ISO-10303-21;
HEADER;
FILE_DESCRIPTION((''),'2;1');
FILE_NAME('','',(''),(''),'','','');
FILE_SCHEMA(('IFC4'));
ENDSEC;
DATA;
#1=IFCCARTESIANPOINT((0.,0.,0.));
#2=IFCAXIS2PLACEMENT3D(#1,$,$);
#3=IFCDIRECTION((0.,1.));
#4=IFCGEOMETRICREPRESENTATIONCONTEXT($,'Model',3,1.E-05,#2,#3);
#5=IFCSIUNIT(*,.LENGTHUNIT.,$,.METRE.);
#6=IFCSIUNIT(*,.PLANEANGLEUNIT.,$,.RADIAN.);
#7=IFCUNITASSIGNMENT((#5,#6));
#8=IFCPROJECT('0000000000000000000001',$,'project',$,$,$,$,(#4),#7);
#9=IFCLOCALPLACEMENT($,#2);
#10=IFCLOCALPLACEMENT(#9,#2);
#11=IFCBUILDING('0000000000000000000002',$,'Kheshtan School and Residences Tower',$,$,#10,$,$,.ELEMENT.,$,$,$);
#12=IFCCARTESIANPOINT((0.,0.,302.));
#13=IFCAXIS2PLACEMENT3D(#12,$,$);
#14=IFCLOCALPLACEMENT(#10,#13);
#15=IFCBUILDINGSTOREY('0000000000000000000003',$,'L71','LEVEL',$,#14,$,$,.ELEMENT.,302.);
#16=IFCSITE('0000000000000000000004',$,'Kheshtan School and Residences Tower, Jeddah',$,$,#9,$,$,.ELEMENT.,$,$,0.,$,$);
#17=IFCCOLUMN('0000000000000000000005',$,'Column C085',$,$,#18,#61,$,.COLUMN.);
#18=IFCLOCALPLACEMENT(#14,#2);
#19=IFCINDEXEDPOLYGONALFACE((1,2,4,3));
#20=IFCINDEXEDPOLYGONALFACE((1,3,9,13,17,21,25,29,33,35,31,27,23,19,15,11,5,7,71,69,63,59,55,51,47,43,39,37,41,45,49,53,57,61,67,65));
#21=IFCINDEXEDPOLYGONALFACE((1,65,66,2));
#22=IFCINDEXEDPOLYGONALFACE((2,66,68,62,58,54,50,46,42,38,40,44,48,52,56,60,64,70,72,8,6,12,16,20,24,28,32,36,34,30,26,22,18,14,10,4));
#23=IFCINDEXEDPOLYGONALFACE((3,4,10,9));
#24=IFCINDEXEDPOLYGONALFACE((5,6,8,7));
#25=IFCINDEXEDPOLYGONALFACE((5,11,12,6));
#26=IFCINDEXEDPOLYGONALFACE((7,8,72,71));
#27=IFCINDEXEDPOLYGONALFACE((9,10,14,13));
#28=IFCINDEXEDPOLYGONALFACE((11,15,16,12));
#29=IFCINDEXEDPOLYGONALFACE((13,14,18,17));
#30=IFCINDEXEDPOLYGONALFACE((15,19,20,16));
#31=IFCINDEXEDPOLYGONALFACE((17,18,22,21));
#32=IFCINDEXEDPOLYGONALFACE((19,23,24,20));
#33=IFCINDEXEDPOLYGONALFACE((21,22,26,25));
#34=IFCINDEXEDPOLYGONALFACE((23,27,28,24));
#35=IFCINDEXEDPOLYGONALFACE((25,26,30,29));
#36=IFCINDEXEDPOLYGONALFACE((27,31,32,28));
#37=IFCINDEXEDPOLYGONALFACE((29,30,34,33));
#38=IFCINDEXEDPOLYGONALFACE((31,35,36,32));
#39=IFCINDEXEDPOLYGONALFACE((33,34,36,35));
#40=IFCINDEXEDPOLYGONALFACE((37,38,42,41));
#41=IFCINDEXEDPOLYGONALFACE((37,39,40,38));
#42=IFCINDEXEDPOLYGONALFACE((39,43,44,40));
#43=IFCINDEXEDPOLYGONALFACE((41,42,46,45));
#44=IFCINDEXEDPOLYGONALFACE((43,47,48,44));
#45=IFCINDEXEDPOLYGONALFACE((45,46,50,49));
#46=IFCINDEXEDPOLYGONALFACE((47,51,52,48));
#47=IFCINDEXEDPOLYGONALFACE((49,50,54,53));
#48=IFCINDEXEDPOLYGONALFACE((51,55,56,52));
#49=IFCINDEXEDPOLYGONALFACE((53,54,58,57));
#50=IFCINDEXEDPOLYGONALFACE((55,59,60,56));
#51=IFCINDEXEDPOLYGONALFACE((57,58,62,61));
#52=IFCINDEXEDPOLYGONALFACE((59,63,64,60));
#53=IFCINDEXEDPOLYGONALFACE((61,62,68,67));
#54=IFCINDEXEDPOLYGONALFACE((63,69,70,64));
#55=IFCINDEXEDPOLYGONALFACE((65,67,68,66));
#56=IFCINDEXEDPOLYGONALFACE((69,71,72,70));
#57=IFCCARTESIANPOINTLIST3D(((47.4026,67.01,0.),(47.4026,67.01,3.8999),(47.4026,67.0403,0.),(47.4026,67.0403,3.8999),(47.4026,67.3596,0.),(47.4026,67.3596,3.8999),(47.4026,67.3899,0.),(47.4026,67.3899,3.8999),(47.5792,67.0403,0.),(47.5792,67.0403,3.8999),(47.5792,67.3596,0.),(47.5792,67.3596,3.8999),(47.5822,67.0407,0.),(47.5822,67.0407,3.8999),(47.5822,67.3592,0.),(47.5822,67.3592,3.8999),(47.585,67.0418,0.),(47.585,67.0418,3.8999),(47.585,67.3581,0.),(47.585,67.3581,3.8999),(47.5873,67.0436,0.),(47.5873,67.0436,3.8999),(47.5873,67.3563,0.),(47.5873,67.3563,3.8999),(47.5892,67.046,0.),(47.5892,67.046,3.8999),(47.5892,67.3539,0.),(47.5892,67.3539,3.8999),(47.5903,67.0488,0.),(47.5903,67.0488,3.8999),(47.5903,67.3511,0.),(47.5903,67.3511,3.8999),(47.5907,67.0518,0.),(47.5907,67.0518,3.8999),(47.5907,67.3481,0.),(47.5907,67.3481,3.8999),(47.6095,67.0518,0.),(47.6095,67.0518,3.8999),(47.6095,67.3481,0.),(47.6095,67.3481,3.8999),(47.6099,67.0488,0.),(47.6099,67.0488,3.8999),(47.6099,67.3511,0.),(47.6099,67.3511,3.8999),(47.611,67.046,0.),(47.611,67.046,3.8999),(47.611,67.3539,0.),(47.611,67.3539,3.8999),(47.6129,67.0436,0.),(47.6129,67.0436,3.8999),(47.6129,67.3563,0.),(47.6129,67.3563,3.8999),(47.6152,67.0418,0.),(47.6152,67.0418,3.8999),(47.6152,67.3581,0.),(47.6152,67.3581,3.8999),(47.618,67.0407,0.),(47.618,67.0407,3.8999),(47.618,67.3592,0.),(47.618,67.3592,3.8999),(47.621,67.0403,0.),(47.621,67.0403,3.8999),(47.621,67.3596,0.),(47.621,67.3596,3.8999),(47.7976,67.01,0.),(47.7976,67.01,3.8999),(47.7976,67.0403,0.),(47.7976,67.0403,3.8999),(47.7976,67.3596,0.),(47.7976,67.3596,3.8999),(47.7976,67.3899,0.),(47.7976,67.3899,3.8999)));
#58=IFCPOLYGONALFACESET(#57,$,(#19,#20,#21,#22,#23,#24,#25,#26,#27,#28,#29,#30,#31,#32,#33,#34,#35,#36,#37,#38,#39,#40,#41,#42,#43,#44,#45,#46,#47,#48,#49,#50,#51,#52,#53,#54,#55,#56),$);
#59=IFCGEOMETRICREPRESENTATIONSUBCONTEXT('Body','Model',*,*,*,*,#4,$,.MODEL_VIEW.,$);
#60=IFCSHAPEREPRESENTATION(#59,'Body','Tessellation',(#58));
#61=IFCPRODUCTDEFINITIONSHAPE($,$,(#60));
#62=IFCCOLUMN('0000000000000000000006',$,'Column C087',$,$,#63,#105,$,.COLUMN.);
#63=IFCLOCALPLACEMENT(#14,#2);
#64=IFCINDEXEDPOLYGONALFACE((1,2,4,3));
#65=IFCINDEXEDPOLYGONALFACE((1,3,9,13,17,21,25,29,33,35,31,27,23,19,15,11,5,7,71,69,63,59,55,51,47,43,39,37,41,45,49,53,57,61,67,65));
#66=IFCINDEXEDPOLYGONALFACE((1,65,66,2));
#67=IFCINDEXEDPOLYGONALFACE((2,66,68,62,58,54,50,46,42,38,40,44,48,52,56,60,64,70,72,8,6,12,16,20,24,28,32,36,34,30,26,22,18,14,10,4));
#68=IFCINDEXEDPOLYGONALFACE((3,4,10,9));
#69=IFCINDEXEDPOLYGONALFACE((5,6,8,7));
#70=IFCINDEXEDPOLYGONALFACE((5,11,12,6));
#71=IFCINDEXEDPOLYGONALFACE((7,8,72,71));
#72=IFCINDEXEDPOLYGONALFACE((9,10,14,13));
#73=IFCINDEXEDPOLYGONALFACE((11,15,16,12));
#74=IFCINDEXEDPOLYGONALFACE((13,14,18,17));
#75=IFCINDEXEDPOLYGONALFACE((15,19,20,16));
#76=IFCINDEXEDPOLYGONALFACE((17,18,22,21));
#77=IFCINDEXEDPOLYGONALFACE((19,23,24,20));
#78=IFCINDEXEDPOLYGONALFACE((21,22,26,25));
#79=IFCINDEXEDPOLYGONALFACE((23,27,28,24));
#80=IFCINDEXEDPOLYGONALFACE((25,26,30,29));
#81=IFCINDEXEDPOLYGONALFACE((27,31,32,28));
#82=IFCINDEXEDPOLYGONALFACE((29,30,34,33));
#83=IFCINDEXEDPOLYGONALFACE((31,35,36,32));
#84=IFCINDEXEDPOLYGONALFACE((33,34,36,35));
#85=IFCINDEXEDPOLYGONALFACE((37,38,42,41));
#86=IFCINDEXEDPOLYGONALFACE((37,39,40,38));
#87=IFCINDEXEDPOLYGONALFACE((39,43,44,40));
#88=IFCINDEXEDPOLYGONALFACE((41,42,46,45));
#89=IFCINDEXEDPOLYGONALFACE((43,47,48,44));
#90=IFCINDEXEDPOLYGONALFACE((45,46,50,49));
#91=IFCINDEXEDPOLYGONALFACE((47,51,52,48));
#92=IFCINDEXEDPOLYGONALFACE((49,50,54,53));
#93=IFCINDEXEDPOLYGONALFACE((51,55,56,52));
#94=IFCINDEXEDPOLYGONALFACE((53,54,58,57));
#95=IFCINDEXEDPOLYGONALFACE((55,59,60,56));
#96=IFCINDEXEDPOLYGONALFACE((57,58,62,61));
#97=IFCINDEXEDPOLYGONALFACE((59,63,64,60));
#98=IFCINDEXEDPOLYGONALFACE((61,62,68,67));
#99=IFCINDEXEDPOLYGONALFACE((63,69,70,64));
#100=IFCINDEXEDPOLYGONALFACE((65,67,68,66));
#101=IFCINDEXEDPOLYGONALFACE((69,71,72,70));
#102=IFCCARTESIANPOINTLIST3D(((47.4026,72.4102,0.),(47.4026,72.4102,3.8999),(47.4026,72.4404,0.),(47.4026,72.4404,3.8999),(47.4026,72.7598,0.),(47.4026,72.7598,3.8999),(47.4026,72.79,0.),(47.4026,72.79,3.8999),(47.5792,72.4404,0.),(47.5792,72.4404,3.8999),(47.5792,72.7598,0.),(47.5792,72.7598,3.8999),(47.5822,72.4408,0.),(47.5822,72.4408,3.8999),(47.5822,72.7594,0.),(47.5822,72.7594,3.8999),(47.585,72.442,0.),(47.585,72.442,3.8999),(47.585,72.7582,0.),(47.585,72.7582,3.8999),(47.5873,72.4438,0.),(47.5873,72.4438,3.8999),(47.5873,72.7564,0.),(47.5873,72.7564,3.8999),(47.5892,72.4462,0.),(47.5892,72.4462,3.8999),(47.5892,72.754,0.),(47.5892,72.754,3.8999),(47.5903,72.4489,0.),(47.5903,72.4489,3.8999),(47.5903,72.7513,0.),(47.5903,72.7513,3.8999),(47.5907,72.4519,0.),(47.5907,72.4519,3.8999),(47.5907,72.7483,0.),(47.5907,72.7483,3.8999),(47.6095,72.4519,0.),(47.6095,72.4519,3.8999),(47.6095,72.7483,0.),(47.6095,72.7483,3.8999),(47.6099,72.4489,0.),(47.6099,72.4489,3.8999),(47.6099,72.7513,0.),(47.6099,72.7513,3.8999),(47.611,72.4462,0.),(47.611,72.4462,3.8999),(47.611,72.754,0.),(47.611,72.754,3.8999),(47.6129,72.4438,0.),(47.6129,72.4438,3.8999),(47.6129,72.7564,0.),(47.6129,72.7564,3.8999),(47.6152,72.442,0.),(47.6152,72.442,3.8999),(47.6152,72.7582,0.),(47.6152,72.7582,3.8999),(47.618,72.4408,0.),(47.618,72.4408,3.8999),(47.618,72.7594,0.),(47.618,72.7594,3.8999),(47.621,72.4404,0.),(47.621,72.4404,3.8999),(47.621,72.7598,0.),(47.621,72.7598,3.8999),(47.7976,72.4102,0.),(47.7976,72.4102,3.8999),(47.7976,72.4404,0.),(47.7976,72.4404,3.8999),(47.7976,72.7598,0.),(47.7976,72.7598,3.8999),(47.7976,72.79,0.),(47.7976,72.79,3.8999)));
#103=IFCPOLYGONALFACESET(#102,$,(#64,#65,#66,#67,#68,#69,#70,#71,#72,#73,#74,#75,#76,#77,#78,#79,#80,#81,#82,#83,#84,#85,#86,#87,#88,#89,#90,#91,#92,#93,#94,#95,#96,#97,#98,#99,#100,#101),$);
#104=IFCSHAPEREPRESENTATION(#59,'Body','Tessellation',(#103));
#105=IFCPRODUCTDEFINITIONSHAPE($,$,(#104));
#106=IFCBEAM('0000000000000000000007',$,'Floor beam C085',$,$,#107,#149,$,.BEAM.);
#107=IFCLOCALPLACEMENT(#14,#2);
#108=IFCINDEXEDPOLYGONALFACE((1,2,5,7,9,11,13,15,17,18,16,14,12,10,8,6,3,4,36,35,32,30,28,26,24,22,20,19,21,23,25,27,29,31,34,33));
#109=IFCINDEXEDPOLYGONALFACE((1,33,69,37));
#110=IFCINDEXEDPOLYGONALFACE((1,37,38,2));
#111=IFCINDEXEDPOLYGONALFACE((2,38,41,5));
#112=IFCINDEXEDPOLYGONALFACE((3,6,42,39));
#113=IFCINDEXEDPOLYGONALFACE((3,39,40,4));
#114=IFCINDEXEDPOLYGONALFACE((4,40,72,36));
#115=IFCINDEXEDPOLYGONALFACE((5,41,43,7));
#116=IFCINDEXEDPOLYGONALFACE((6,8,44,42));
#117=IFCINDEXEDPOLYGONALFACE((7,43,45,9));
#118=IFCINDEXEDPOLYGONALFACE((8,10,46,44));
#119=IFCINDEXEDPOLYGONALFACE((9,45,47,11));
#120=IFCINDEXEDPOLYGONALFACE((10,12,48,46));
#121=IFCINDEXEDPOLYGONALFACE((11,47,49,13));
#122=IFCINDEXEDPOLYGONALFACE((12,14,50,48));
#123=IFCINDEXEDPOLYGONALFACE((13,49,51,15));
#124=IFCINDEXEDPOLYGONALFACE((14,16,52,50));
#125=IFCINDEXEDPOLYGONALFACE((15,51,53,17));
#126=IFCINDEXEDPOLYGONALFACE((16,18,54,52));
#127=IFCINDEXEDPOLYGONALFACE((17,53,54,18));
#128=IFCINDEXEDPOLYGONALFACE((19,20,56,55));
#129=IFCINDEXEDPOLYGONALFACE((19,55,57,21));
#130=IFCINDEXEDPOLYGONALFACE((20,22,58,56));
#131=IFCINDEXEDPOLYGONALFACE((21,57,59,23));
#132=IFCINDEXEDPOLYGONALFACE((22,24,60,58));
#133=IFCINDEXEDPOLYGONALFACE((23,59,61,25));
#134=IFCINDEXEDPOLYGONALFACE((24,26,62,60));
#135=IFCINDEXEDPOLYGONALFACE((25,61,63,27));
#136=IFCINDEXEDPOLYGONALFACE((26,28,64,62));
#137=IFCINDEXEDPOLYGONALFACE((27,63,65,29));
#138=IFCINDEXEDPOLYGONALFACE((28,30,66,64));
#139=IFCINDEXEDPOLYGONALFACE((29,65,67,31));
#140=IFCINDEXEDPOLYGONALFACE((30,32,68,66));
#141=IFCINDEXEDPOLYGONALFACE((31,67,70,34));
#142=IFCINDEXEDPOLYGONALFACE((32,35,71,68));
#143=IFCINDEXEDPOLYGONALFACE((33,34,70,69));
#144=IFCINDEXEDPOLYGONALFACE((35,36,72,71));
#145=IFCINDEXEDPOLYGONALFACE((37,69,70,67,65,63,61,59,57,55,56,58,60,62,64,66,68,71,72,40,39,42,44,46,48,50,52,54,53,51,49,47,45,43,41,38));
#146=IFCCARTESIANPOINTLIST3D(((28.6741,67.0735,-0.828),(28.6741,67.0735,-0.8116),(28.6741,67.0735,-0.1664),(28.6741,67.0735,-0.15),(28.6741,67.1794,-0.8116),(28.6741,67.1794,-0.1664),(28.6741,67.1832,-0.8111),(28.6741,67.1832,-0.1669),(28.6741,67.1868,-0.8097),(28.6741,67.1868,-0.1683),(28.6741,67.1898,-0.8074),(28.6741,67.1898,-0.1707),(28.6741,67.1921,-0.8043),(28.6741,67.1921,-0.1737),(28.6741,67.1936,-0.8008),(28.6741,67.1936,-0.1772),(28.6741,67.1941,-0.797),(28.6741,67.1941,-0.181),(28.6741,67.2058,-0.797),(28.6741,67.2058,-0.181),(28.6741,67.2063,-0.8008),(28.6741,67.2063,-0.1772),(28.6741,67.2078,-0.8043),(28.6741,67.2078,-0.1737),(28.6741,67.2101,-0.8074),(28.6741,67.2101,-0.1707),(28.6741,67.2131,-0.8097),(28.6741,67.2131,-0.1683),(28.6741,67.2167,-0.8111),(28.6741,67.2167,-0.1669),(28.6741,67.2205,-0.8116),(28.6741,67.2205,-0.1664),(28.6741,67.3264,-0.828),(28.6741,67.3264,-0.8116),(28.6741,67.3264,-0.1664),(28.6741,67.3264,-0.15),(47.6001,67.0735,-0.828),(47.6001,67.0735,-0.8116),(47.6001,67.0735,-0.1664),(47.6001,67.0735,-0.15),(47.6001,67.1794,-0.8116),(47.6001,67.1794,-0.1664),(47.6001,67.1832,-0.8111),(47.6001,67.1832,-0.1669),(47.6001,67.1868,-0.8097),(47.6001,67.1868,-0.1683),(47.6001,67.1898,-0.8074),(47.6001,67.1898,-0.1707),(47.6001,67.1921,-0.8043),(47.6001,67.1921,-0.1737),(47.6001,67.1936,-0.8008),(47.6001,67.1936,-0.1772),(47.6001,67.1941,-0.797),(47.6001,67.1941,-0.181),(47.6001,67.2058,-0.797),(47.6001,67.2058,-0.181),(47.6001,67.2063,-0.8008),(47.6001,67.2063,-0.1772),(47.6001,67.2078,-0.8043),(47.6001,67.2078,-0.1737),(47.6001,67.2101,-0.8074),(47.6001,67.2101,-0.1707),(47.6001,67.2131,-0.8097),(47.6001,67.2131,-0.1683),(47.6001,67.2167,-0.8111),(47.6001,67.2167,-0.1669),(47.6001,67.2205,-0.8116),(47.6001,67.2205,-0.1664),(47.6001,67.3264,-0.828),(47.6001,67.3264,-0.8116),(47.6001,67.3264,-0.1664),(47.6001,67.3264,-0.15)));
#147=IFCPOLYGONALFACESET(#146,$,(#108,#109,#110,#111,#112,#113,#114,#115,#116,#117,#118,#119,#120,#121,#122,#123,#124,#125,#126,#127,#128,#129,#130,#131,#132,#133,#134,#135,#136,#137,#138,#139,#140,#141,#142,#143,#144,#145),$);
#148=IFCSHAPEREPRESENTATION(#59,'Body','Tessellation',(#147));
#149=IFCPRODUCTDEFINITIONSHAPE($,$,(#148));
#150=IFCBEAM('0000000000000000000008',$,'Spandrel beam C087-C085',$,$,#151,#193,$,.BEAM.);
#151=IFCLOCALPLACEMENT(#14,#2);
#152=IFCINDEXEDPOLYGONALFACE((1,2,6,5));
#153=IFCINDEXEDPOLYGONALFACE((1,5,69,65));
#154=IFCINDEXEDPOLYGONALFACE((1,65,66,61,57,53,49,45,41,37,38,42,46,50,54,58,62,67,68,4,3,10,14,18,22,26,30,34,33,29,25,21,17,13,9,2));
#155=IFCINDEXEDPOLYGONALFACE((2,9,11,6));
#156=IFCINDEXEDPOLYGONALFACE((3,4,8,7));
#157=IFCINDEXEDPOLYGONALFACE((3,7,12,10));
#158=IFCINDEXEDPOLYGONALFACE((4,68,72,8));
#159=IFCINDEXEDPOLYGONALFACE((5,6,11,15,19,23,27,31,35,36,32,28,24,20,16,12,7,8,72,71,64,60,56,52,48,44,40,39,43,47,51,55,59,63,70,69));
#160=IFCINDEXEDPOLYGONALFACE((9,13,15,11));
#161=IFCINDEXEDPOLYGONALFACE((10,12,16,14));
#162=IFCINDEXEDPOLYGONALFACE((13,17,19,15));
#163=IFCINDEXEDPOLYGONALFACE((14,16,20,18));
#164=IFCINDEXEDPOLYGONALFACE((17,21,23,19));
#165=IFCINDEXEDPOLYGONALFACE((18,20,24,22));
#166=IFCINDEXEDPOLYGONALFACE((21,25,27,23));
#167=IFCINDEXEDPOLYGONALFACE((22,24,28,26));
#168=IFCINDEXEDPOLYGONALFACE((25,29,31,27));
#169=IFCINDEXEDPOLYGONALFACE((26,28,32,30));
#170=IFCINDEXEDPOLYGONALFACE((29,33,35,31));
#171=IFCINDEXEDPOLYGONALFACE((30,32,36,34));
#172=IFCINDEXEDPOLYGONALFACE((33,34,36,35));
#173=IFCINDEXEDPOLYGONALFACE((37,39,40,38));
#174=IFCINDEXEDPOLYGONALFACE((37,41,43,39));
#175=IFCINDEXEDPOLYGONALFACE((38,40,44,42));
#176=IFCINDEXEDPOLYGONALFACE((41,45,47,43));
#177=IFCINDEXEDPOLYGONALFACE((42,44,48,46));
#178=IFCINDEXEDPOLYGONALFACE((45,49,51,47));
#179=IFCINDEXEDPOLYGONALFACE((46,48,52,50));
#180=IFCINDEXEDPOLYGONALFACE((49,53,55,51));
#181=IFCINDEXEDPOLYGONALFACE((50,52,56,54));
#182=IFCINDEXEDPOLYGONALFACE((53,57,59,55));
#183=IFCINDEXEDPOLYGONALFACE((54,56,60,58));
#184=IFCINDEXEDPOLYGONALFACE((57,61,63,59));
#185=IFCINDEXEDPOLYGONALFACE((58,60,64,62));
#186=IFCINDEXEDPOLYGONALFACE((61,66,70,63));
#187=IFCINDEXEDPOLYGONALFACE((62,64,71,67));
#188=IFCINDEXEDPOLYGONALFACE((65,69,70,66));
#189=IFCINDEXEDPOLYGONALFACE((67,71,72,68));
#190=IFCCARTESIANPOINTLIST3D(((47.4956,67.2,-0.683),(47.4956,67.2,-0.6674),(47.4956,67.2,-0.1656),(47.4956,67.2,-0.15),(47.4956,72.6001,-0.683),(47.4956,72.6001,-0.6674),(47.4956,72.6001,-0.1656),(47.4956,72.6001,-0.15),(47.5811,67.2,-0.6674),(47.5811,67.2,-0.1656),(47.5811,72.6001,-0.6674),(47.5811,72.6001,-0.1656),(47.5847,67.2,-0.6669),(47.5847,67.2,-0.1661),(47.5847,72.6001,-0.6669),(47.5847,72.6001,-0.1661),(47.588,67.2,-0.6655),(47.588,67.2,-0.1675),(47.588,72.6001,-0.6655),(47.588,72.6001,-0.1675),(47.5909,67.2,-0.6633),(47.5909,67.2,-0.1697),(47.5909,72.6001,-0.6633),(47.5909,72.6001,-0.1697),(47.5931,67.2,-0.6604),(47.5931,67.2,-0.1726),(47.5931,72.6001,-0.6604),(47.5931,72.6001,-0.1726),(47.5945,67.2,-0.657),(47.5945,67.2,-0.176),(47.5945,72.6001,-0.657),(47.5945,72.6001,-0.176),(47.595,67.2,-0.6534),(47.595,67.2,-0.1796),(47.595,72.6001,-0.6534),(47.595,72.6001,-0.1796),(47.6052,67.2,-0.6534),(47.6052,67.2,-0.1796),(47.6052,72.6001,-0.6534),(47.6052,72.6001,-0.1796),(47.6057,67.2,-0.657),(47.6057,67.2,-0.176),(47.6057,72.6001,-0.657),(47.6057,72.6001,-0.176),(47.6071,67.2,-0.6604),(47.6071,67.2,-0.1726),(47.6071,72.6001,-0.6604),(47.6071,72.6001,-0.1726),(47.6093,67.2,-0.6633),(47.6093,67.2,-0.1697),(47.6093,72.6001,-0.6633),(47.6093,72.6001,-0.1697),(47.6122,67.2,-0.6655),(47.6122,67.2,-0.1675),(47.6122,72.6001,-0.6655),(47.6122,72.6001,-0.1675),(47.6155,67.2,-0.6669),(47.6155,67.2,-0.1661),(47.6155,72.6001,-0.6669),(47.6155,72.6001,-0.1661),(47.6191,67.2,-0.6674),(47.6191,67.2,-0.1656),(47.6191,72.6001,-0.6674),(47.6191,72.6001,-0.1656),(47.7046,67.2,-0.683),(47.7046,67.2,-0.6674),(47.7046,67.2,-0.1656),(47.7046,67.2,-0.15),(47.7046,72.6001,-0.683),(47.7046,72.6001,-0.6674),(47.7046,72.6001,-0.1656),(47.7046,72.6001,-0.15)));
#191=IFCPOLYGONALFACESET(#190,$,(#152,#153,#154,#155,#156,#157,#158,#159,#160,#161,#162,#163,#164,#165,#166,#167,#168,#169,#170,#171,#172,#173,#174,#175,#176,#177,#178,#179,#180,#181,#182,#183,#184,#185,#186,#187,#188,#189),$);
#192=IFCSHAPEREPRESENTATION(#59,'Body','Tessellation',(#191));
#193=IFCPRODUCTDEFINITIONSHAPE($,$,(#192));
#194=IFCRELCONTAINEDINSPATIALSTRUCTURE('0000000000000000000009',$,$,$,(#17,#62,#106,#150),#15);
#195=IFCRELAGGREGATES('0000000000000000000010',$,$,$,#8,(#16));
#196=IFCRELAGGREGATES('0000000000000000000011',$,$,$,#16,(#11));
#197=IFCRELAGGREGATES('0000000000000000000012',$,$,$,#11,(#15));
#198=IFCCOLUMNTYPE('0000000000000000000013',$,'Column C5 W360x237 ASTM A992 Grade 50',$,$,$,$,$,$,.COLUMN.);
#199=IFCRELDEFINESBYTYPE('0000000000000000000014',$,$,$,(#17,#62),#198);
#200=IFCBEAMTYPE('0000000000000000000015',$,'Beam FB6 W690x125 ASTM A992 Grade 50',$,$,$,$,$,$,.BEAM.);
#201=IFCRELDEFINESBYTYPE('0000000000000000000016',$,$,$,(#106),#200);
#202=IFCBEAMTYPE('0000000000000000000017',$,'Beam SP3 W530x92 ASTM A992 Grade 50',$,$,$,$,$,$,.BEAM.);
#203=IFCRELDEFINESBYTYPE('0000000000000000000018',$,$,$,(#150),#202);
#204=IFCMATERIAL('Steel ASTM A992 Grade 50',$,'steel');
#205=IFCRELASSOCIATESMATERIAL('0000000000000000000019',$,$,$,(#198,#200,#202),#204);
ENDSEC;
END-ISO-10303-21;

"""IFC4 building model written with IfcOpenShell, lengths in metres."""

from ifc_helpers import new_model, si_unit, direction, frame, origin, origin_2d, place, context, subcontext, project, spatial, i_section, extrude, material, material_profile, profile_set, type_object, element, save


model = new_model("IFC4")

# Units and contexts
model_context = context("Model", 3, precision=1e-05, world=origin(), true_north=direction((0.0, 1.0)))
body_context = subcontext(model_context, "Body", "Model", "MODEL_VIEW")
ifc_project = project(units=[si_unit("LENGTHUNIT", "METRE"), si_unit("PLANEANGLEUNIT", "RADIAN")], contexts=[model_context])

# Site, building, storey
site_placement = place(None, origin())
site = spatial("IfcSite", under=ifc_project, at=site_placement, Name="Kheshtan School and Residences Tower, Jeddah", CompositionType="ELEMENT", RefElevation=0.0)
building_placement = place(site_placement, origin())
building = spatial("IfcBuilding", under=site, at=building_placement, Name="Kheshtan School and Residences Tower", CompositionType="ELEMENT")
storey_placement = place(building_placement, frame((0.0, 0.0, 302.0)))
storey = spatial("IfcBuildingStorey", under=building, at=storey_placement, Name="L71", Description="LEVEL", CompositionType="ELEMENT", Elevation=302.0)

# Columns
ifc_material_1 = material(Name="Steel ASTM A992 Grade 50", Category="steel")
ifc_material_profile_1 = material_profile(ifc_material_1, i_section(OverallWidth=0.395, OverallDepth=0.3799, WebThickness=0.0188, FlangeThickness=0.0303, FilletRadius=0.0115, at=origin_2d()), Name="W360x237")
ifc_profile_set_1 = profile_set([ifc_material_profile_1], Name="Steel ASTM A992 Grade 50")
column_type = type_object("IfcColumnType", Name="Column C5 W360x237 ASTM A992 Grade 50", PredefinedType="COLUMN", material=ifc_profile_set_1)
for number, where, z_axis, x_axis, name in (
    (1, (47.6001, 67.2, 0.0), (0.0, 0.0, 1.0), (1.0, 0.0, 0.0), "Column C085"),
    (2, (47.6001, 72.6001, 0.0), (0.0, 0.0, 1.0), (1.0, 0.0, 0.0), "Column C087"),
):
    element("IfcColumn", number, at=place(storey_placement, frame(where, z_axis=z_axis, x_axis=x_axis)), inside=storey, type_object=column_type, Name=name, PredefinedType="COLUMN", context=body_context, shape_type="SweptSolid", body=[
        extrude(i_section(OverallWidth=0.395, OverallDepth=0.3799, WebThickness=0.0188, FlangeThickness=0.0303, FilletRadius=0.0115, at=origin_2d()), origin(), (0.0, 0.0, 1.0), 3.8999),
    ])

# Beams
ifc_material_profile_2 = material_profile(ifc_material_1, i_section(OverallWidth=0.2529, OverallDepth=0.678, WebThickness=0.0117, FlangeThickness=0.0164, FilletRadius=0.0146, at=origin_2d()), Name="W690x125")
ifc_profile_set_2 = profile_set([ifc_material_profile_2], Name="Steel ASTM A992 Grade 50")
beam_type_1 = type_object("IfcBeamType", Name="Beam FB6 W690x125 ASTM A992 Grade 50", PredefinedType="BEAM", material=ifc_profile_set_2)
beam_1_placement = place(storey_placement, frame((47.6001, 67.2, -0.489), z_axis=(-1.0, 0.0, 0.0), x_axis=(0.0, -1.0, 0.0)))
element("IfcBeam", 3, at=beam_1_placement, inside=storey, type_object=beam_type_1, Name="Floor beam C085", PredefinedType="BEAM", context=body_context, shape_type="SweptSolid", body=[
    extrude(i_section(OverallWidth=0.2529, OverallDepth=0.678, WebThickness=0.0117, FlangeThickness=0.0164, FilletRadius=0.0146, at=origin_2d()), origin(), (0.0, 0.0, 1.0), 18.926),
])
ifc_material_profile_3 = material_profile(ifc_material_1, i_section(OverallWidth=0.209, OverallDepth=0.533, WebThickness=0.0103, FlangeThickness=0.0156, FilletRadius=0.0139, at=origin_2d()), Name="W530x92")
ifc_profile_set_3 = profile_set([ifc_material_profile_3], Name="Steel ASTM A992 Grade 50")
beam_type_2 = type_object("IfcBeamType", Name="Beam SP3 W530x92 ASTM A992 Grade 50", PredefinedType="BEAM", material=ifc_profile_set_3)
beam_2_placement = place(storey_placement, frame((47.6001, 72.6001, -0.4165), z_axis=(0.0, -1.0, 0.0), x_axis=(1.0, 0.0, 0.0)))
element("IfcBeam", 4, at=beam_2_placement, inside=storey, type_object=beam_type_2, Name="Spandrel beam C087-C085", PredefinedType="BEAM", context=body_context, shape_type="SweptSolid", body=[
    extrude(i_section(OverallWidth=0.209, OverallDepth=0.533, WebThickness=0.0103, FlangeThickness=0.0156, FilletRadius=0.0139, at=origin_2d()), origin(), (0.0, 0.0, 1.0), 5.4001),
])

save(model, "model.ifc")
